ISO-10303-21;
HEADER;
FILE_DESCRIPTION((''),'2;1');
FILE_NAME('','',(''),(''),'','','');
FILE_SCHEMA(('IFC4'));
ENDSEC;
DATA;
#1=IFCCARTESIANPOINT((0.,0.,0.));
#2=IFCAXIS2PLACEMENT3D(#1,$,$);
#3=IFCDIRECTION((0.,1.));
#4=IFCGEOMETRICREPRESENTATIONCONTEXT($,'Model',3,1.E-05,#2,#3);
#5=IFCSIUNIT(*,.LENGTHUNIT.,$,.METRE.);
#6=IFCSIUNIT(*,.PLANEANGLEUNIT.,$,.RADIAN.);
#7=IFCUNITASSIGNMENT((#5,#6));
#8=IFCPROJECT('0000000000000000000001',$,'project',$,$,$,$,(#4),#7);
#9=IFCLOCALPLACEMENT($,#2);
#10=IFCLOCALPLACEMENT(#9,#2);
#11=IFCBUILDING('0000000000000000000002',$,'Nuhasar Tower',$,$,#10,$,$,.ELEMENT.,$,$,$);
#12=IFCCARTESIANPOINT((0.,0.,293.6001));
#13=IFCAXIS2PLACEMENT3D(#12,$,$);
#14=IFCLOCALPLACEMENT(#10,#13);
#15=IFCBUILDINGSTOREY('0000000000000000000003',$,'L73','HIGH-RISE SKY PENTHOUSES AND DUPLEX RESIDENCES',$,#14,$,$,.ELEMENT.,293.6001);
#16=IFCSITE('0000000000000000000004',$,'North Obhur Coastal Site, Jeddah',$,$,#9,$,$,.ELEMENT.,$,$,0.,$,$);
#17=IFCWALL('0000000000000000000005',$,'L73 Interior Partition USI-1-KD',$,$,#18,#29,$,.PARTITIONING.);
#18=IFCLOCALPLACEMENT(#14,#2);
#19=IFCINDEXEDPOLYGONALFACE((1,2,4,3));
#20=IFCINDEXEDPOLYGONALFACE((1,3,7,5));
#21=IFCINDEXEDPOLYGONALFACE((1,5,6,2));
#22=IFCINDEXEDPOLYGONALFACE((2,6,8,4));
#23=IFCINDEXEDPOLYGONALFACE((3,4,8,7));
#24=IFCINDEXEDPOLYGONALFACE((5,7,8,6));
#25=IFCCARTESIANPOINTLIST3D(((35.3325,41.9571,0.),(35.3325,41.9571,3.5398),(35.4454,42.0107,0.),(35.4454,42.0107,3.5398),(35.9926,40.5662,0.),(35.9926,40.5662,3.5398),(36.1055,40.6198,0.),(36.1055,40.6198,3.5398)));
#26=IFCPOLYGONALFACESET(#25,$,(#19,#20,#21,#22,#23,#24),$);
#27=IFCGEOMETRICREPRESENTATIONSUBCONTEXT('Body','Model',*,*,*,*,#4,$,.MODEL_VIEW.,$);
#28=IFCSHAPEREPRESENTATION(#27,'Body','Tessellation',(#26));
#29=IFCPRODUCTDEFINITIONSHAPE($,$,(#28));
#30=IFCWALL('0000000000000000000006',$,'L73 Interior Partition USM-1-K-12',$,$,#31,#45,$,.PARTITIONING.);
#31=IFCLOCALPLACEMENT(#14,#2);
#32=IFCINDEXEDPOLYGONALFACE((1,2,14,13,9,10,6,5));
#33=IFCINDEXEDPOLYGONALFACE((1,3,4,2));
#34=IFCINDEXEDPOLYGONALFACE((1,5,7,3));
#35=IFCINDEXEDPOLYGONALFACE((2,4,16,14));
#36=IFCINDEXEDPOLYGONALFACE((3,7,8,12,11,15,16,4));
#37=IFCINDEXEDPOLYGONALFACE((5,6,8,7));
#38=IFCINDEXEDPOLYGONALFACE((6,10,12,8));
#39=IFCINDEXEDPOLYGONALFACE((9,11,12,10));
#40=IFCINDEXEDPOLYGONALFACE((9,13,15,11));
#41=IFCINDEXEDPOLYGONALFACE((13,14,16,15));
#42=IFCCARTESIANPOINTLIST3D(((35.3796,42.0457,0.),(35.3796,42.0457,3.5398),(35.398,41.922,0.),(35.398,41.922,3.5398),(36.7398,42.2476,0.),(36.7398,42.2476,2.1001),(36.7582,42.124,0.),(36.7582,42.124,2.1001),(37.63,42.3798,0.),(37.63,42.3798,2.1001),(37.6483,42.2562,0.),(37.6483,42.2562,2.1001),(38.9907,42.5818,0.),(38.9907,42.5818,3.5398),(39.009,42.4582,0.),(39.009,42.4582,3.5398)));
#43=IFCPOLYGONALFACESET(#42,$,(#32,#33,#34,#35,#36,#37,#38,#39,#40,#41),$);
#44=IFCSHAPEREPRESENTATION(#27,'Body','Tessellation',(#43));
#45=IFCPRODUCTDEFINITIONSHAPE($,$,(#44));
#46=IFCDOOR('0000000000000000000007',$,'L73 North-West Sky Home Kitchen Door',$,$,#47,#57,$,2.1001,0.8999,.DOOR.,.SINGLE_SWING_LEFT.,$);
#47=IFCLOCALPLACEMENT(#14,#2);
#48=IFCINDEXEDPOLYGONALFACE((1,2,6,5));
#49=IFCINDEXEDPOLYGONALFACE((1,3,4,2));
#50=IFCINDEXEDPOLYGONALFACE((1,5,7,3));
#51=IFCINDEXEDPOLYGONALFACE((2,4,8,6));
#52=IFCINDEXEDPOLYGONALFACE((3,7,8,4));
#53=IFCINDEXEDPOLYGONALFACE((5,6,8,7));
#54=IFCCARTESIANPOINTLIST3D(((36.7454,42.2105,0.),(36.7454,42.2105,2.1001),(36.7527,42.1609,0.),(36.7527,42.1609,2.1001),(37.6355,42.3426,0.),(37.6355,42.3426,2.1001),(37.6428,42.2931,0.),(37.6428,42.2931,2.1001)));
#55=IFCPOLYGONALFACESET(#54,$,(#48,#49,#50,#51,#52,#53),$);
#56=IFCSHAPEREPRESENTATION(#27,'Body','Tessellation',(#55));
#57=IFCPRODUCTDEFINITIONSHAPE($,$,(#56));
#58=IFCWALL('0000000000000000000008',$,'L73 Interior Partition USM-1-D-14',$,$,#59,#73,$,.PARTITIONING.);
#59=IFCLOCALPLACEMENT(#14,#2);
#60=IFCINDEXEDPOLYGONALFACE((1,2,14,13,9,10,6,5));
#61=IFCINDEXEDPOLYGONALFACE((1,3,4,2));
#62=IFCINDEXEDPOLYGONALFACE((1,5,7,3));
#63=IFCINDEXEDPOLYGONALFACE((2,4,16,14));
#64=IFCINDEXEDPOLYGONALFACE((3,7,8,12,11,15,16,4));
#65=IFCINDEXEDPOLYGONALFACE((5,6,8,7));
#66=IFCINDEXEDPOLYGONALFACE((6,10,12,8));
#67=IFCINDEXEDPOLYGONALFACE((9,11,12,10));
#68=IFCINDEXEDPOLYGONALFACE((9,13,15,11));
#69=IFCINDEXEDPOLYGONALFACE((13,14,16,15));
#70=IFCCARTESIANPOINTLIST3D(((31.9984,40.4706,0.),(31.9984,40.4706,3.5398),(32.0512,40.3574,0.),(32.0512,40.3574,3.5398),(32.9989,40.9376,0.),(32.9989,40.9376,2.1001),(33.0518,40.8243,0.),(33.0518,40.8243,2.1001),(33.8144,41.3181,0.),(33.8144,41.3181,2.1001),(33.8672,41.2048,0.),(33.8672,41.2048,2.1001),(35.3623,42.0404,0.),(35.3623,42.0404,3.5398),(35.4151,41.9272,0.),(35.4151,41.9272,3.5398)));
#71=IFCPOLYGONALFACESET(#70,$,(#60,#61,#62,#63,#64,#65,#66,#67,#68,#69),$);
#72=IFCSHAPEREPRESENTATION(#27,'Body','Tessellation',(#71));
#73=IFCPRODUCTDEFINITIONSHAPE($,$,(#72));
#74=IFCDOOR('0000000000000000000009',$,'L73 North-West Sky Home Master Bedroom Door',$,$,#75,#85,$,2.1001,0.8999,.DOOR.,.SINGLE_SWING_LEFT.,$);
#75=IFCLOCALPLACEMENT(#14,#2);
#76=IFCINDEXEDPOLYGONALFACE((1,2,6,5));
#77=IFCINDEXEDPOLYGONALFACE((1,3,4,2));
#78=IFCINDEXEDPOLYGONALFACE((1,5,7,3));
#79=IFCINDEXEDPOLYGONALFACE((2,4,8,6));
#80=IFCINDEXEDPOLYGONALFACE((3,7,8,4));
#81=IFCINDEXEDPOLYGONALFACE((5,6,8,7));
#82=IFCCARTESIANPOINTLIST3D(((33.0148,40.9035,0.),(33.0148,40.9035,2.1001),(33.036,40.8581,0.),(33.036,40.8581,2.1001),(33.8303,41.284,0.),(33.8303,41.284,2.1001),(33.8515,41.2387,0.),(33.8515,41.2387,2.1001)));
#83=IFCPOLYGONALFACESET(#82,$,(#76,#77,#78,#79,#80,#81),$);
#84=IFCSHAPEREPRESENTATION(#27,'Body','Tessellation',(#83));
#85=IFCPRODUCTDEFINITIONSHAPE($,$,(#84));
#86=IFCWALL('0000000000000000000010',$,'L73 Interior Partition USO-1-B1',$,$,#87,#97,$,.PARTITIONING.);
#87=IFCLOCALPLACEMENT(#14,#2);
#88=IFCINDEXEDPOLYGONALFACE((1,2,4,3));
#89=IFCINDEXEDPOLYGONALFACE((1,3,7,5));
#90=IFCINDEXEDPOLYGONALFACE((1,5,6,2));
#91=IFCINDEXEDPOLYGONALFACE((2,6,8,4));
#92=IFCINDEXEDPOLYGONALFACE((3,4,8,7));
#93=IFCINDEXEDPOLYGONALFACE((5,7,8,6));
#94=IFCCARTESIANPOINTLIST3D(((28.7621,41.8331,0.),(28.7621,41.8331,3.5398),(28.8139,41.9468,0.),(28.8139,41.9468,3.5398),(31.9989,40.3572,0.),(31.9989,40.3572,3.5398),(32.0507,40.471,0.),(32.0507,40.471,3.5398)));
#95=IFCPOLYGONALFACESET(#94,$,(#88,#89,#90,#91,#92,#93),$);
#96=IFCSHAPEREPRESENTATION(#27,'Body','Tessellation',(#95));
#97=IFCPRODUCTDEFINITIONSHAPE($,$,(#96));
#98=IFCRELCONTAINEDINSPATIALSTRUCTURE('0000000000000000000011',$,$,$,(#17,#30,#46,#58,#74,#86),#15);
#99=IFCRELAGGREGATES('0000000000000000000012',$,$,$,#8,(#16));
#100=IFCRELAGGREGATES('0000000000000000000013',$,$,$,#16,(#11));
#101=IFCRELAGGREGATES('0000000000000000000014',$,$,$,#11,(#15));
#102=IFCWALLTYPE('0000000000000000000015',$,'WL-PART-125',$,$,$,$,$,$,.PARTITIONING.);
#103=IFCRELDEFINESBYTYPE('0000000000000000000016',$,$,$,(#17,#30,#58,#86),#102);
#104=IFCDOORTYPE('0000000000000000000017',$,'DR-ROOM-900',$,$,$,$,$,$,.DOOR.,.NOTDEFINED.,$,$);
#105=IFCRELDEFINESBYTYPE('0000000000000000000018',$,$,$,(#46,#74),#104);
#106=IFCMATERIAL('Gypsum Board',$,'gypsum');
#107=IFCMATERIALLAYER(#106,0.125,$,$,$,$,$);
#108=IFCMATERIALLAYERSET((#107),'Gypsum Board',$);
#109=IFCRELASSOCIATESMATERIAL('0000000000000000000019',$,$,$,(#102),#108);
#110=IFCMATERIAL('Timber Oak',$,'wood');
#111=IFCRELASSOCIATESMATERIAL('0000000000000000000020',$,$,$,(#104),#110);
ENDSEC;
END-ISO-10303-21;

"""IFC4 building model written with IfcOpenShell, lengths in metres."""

from ifc_helpers import new_model, si_unit, direction, frame, frame_2d, origin, place, context, subcontext, project, spatial, rectangle, extrude, material, layer, layer_set, type_object, element, fill, save


model = new_model("IFC4")

# Units and contexts
model_context = context("Model", 3, precision=1e-05, world=origin(), true_north=direction((0.0, 1.0)))
body_context = subcontext(model_context, "Body", "Model", "MODEL_VIEW")
ifc_project = project(units=[si_unit("LENGTHUNIT", "METRE"), si_unit("PLANEANGLEUNIT", "RADIAN")], contexts=[model_context])

# Site, building, storey
site_placement = place(None, origin())
site = spatial("IfcSite", under=ifc_project, at=site_placement, Name="North Obhur Coastal Site, Jeddah", CompositionType="ELEMENT", RefElevation=0.0)
building_placement = place(site_placement, origin())
building = spatial("IfcBuilding", under=site, at=building_placement, Name="Nuhasar Tower", CompositionType="ELEMENT")
storey_placement = place(building_placement, frame((0.0, 0.0, 293.6001)))
storey = spatial("IfcBuildingStorey", under=building, at=storey_placement, Name="L73", Description="HIGH-RISE SKY PENTHOUSES AND DUPLEX RESIDENCES", CompositionType="ELEMENT", Elevation=293.6001)

# Shared definitions
ifc_material_1 = material(Name="Gypsum Board", Category="gypsum")

# Wall
ifc_layer_1 = layer(ifc_material_1, 0.125)
ifc_layer_set_1 = layer_set([ifc_layer_1], Name="Gypsum Board")
wall_type_1 = type_object("IfcWallType", Name="WL-PART-125", PredefinedType="PARTITIONING", material=ifc_layer_set_1)
wall_1_placement = place(storey_placement, frame((36.0491, 40.593, 0.0), z_axis=(0.0, 0.0, 1.0), x_axis=(-0.428788, 0.903405, 0.0)))
element("IfcWall", 1, at=wall_1_placement, inside=storey, type_object=wall_type_1, Name="L73 Interior Partition USI-1-KD", PredefinedType="PARTITIONING", context=body_context, shape_type="SweptSolid", body=[
    extrude(rectangle(XDim=1.5396, YDim=0.125, at=frame_2d((0.7698, 0.0))), origin(), (0.0, 0.0, 1.0), 3.5398),
])

# Walls, openings, doors
wall_2_placement = place(storey_placement, frame((35.3889, 41.9839, 0.0), z_axis=(0.0, 0.0, 1.0), x_axis=(0.989157, 0.146859, 0.0)))
wall_2 = element("IfcWall", 2, at=wall_2_placement, inside=storey, type_object=wall_type_1, Name="L73 Interior Partition USM-1-K-12", PredefinedType="PARTITIONING", context=body_context, shape_type="SweptSolid", body=[
    extrude(rectangle(XDim=3.6506, YDim=0.125, at=frame_2d((1.8252, 0.0))), origin(), (0.0, 0.0, 1.0), 3.5398),
])
opening_1_placement = place(wall_2_placement, frame((1.375, 0.0, 0.0)))
opening_1 = element("IfcOpeningElement", 3, at=opening_1_placement, cuts=wall_2, PredefinedType="OPENING", context=body_context, shape_type="SweptSolid", body=[
    extrude(rectangle(XDim=0.8999, YDim=2.1001, at=frame_2d((0.45, 1.05))), frame((0.0, 0.0725, 0.0), z_axis=(0.0, -1.0, 0.0), x_axis=(1.0, 0.0, 0.0)), (0.0, 0.0, 1.0), 0.145),
])
ifc_material_2 = material(Name="Timber Oak", Category="wood")
door_type_1 = type_object("IfcDoorType", Name="DR-ROOM-900", OperationType="NOTDEFINED", PredefinedType="DOOR", material=ifc_material_2)
door_1_placement = place(opening_1_placement, origin())
door_1 = element("IfcDoor", 4, at=door_1_placement, inside=storey, type_object=door_type_1, Name="L73 North-West Sky Home Kitchen Door", OperationType="SINGLE_SWING_LEFT", OverallHeight=2.1001, OverallWidth=0.8999, PredefinedType="DOOR", context=body_context, shape_type="SweptSolid", body=[
    extrude(rectangle(XDim=0.8999, YDim=2.1001, at=frame_2d((0.45, 1.05))), frame((0.0, 0.0249, 0.0), z_axis=(0.0, -1.0, 0.0), x_axis=(1.0, 0.0, 0.0)), (0.0, 0.0, 1.0), 0.05),
])
fill(opening_1, door_1)
wall_3_placement = place(storey_placement, frame((32.0249, 40.4141, 0.0), z_axis=(0.0, 0.0, 1.0), x_axis=(0.906188, 0.422875, 0.0)))
wall_3 = element("IfcWall", 5, at=wall_3_placement, inside=storey, type_object=wall_type_1, Name="L73 Interior Partition USM-1-D-14", PredefinedType="PARTITIONING", context=body_context, shape_type="SweptSolid", body=[
    extrude(rectangle(XDim=3.7122, YDim=0.125, at=frame_2d((1.856, 0.0))), origin(), (0.0, 0.0, 1.0), 3.5398),
])
opening_2_placement = place(wall_3_placement, frame((1.104, 0.0, 0.0)))
opening_2 = element("IfcOpeningElement", 6, at=opening_2_placement, cuts=wall_3, PredefinedType="OPENING", context=body_context, shape_type="SweptSolid", body=[
    extrude(rectangle(XDim=0.8999, YDim=2.1001, at=frame_2d((0.45, 1.05))), frame((0.0, 0.0725, 0.0), z_axis=(0.0, -1.0, 0.0), x_axis=(1.0, 0.0, 0.0)), (0.0, 0.0, 1.0), 0.145),
])
door_2_placement = place(opening_2_placement, origin())
door_2 = element("IfcDoor", 7, at=door_2_placement, inside=storey, type_object=door_type_1, Name="L73 North-West Sky Home Master Bedroom Door", OperationType="SINGLE_SWING_LEFT", OverallHeight=2.1001, OverallWidth=0.8999, PredefinedType="DOOR", context=body_context, shape_type="SweptSolid", body=[
    extrude(rectangle(XDim=0.8999, YDim=2.1001, at=frame_2d((0.45, 1.05))), frame((0.0, 0.0249, 0.0), z_axis=(0.0, -1.0, 0.0), x_axis=(1.0, 0.0, 0.0)), (0.0, 0.0, 1.0), 0.05),
])
fill(opening_2, door_2)

# Wall
wall_4_placement = place(storey_placement, frame((32.0249, 40.4141, 0.0), z_axis=(0.0, 0.0, 1.0), x_axis=(-0.909884, 0.414863, 0.0)))
element("IfcWall", 8, at=wall_4_placement, inside=storey, type_object=wall_type_1, Name="L73 Interior Partition USO-1-B1", PredefinedType="PARTITIONING", context=body_context, shape_type="SweptSolid", body=[
    extrude(rectangle(XDim=3.5574, YDim=0.125, at=frame_2d((1.7788, 0.0))), origin(), (0.0, 0.0, 1.0), 3.5398),
])

save(model, "model.ifc")
